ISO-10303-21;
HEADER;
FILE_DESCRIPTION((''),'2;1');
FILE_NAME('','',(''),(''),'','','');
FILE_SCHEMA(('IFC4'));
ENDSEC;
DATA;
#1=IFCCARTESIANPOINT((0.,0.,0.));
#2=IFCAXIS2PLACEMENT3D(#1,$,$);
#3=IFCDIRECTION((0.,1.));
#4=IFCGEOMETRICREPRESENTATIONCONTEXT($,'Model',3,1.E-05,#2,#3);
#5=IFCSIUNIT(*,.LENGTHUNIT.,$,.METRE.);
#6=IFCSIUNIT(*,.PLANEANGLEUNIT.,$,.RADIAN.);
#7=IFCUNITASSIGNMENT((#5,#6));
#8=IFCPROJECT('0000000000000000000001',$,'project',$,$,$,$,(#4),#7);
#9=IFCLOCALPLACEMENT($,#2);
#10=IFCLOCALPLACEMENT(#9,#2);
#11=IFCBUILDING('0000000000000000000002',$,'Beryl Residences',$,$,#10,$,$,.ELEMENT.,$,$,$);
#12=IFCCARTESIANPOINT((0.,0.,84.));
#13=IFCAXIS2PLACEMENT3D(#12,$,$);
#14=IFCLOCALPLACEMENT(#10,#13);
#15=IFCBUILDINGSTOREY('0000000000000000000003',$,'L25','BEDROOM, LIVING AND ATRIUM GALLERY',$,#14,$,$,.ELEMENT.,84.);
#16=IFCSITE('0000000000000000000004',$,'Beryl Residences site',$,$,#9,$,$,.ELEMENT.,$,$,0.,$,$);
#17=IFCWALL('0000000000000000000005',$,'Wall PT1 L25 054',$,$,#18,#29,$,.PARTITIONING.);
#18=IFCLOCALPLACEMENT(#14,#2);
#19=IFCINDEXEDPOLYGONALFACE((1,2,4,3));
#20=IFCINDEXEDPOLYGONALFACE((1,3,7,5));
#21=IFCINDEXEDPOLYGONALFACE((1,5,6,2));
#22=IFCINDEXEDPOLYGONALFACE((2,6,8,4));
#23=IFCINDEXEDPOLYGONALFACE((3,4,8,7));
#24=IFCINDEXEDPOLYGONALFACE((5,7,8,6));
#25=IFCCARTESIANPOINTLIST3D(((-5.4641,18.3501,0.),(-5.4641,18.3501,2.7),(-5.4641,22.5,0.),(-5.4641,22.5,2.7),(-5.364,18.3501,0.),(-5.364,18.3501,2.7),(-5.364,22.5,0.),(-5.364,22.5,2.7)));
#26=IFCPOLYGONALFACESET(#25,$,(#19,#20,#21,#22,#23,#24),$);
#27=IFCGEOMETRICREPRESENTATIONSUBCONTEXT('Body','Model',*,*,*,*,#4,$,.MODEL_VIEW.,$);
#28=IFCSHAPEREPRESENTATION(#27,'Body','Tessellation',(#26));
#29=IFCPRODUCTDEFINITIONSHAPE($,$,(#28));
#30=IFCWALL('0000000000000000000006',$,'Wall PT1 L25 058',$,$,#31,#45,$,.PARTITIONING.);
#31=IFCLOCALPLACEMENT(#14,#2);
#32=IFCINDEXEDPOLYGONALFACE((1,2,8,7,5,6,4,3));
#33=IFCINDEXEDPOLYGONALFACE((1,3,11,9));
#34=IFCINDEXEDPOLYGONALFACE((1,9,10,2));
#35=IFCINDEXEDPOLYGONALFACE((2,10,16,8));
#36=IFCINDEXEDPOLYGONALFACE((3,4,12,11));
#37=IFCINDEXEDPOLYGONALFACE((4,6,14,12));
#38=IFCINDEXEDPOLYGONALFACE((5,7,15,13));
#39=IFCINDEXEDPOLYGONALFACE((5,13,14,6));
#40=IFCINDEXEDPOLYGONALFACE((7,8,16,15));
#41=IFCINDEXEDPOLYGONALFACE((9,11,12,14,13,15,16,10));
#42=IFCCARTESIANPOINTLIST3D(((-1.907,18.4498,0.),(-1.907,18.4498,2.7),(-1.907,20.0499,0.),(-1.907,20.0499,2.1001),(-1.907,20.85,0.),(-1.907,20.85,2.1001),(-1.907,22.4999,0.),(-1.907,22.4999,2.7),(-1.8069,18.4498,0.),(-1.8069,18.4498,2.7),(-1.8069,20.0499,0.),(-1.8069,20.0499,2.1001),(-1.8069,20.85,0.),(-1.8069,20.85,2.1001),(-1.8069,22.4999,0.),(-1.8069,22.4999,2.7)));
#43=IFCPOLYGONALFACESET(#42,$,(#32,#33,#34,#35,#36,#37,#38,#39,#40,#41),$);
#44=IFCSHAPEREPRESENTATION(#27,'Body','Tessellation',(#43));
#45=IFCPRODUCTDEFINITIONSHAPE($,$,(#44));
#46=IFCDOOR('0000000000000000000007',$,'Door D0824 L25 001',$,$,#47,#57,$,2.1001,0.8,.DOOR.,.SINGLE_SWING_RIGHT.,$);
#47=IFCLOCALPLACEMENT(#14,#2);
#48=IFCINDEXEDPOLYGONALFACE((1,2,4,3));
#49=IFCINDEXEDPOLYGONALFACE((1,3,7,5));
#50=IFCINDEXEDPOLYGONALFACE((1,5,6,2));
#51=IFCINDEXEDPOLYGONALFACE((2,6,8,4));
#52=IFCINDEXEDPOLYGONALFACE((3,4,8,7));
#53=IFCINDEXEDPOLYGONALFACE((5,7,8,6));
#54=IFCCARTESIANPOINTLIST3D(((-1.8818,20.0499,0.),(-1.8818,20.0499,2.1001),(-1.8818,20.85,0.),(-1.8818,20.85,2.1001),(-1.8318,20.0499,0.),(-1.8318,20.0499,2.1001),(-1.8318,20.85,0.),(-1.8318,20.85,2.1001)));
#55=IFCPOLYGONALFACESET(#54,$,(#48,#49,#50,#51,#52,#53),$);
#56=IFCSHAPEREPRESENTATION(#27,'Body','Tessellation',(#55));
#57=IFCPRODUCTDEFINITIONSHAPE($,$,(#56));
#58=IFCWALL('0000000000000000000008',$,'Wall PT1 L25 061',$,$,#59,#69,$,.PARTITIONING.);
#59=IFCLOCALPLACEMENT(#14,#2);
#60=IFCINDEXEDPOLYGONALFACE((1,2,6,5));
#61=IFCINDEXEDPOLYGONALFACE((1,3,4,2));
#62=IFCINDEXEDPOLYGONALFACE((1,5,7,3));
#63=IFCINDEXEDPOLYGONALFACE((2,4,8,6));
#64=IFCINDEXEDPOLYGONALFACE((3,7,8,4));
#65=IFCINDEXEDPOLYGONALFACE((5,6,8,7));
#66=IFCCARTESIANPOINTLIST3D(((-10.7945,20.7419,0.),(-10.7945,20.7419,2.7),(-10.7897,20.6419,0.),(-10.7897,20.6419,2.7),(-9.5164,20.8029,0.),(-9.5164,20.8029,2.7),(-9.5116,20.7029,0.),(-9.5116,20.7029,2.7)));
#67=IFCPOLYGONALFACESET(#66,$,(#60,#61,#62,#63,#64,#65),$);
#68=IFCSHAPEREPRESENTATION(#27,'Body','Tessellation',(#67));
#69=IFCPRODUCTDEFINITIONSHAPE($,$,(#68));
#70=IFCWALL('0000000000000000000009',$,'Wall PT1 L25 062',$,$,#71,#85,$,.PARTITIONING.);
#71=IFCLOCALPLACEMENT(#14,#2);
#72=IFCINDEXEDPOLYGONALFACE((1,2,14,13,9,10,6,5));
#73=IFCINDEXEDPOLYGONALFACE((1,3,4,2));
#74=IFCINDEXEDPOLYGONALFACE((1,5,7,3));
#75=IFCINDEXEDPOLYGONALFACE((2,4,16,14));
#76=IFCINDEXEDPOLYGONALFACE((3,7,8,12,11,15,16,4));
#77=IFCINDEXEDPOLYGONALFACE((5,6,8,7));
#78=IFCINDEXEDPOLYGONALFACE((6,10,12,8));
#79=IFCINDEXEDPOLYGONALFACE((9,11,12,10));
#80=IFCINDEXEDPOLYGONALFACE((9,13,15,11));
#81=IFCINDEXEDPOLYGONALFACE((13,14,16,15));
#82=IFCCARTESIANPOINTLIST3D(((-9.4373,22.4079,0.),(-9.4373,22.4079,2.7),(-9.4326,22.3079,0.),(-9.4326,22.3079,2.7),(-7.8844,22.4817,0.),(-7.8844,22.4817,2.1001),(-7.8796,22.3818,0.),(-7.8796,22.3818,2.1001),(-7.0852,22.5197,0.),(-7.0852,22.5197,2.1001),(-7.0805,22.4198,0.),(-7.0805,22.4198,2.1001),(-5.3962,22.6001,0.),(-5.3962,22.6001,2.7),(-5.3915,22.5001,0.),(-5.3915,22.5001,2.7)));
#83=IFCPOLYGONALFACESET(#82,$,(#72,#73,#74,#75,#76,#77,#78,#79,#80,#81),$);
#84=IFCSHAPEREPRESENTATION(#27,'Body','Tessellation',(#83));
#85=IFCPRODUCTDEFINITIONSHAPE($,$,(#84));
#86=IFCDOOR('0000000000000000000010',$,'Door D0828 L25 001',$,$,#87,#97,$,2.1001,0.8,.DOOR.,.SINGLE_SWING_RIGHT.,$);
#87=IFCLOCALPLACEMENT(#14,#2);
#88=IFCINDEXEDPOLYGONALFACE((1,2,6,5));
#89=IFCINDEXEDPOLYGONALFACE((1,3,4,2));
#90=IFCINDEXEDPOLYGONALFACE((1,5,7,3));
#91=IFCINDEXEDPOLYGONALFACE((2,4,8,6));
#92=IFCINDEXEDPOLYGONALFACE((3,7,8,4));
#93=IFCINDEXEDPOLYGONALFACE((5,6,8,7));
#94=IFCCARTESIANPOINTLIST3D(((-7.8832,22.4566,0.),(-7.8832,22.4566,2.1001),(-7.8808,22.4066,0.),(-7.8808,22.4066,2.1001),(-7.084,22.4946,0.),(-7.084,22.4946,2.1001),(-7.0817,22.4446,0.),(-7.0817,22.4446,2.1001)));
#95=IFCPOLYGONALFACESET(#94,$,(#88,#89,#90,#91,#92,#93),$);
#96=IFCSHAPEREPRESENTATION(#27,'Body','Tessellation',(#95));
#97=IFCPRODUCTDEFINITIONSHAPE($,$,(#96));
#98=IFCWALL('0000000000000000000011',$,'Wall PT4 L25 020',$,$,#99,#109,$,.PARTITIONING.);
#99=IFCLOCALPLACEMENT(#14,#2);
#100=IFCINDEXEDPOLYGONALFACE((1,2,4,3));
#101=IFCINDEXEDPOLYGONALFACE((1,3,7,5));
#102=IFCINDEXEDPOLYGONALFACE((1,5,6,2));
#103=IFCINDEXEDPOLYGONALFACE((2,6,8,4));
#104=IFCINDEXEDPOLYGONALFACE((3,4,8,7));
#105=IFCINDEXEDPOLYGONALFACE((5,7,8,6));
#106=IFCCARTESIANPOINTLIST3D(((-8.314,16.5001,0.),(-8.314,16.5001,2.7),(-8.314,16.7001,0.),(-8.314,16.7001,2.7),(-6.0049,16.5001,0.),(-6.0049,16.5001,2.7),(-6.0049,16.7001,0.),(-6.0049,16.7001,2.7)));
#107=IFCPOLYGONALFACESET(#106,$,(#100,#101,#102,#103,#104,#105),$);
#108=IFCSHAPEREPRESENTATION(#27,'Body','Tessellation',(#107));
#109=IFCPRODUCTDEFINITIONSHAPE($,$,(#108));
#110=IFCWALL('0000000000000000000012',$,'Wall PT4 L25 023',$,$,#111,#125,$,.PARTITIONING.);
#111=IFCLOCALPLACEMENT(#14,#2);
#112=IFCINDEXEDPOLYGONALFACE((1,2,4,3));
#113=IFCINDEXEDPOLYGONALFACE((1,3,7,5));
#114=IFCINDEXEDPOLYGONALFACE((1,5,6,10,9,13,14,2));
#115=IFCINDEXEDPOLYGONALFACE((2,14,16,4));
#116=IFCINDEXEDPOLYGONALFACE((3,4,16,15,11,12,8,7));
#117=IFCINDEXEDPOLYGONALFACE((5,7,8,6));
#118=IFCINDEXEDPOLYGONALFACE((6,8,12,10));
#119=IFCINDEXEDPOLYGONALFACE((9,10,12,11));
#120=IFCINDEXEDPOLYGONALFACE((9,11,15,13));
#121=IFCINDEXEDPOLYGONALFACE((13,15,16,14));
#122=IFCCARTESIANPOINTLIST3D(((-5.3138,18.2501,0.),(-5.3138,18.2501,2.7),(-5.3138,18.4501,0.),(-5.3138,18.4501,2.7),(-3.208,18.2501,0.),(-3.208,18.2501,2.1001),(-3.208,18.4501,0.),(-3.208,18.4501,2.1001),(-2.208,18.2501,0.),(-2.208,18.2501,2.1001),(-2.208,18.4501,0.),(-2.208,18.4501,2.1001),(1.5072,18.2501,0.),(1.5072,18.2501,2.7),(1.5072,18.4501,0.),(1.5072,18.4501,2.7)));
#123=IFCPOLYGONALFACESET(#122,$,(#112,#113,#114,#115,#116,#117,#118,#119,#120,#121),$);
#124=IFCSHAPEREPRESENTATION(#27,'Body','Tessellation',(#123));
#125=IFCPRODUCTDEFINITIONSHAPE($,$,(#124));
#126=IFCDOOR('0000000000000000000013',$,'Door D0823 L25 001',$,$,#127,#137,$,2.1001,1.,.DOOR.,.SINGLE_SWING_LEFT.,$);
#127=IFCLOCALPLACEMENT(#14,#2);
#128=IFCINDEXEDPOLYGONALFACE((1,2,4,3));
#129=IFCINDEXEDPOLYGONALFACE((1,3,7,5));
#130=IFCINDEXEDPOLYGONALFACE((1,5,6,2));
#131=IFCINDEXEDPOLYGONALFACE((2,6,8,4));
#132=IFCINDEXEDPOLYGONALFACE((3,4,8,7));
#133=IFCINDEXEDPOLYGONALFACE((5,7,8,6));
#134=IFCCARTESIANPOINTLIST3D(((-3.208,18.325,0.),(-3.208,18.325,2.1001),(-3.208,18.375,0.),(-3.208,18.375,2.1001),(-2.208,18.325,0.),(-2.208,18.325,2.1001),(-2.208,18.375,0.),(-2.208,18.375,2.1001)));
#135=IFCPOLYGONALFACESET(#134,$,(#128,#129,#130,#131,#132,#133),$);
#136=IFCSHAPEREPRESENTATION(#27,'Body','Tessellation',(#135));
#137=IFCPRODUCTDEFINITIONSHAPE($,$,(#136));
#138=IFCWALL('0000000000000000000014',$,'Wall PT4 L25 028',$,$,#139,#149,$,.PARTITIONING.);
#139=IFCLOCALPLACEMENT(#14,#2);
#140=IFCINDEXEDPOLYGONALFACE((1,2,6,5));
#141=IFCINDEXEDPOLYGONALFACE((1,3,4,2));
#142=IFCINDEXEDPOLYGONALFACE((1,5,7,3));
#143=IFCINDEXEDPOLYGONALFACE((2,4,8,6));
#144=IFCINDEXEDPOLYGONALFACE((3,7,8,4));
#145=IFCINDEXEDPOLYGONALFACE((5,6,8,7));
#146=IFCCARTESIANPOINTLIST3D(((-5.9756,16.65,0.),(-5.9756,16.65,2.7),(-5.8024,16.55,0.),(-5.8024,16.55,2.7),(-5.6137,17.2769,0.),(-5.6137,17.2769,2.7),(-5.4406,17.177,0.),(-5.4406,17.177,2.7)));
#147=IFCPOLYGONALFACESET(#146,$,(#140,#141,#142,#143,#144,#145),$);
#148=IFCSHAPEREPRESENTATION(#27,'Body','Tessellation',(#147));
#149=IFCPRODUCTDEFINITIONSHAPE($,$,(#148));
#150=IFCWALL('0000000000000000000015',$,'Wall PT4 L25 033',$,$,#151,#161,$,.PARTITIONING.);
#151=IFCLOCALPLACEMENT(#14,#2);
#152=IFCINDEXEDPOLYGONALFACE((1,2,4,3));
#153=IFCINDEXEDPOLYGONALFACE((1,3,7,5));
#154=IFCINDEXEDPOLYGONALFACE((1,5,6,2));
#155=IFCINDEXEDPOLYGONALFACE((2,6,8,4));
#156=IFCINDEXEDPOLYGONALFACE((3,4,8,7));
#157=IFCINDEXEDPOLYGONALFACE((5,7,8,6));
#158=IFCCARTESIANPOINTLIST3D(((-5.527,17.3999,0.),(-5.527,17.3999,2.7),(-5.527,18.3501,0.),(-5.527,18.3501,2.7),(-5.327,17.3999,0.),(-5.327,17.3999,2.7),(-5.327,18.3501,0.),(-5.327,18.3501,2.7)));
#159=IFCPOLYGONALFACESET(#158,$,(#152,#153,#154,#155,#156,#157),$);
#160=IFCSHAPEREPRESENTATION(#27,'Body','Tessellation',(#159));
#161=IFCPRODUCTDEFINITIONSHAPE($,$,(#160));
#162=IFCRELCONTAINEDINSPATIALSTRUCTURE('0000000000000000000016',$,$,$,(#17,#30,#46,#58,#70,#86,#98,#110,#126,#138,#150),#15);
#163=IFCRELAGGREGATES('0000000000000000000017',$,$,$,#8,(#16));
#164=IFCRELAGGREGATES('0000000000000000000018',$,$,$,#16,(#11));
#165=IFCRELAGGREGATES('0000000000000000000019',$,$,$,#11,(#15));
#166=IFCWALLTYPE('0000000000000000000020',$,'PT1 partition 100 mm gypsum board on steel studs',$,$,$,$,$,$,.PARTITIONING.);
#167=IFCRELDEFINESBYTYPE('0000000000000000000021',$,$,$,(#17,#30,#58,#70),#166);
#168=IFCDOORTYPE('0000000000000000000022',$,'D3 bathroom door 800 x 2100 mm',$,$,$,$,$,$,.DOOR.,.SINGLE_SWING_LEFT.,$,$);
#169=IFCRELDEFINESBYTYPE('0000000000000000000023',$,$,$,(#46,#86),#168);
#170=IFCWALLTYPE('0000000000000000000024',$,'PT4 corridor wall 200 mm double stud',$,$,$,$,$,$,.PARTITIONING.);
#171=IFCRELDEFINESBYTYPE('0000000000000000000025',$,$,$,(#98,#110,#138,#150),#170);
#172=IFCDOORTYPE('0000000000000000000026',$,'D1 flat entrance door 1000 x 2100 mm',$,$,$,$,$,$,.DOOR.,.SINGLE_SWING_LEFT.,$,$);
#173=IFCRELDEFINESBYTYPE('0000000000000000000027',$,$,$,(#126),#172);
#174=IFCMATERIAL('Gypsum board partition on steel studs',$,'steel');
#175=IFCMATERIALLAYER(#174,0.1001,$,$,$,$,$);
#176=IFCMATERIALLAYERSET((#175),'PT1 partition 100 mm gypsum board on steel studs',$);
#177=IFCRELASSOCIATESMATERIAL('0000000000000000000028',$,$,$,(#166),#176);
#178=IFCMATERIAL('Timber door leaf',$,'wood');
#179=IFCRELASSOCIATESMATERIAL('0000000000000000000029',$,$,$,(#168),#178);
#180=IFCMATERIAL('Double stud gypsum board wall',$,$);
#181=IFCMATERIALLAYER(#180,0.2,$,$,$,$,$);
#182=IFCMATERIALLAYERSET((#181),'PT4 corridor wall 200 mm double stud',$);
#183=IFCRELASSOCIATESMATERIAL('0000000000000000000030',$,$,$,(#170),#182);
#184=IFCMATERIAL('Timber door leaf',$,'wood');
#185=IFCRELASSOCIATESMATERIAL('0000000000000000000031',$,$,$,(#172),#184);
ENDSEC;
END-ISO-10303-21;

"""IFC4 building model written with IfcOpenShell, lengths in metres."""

from ifc_helpers import new_model, si_unit, direction, frame, frame_2d, origin, place, context, subcontext, project, spatial, rectangle, extrude, material, layer, layer_set, type_object, element, fill, save


model = new_model("IFC4")

# Units and contexts
model_context = context("Model", 3, precision=1e-05, world=origin(), true_north=direction((0.0, 1.0)))
body_context = subcontext(model_context, "Body", "Model", "MODEL_VIEW")
ifc_project = project(units=[si_unit("LENGTHUNIT", "METRE"), si_unit("PLANEANGLEUNIT", "RADIAN")], contexts=[model_context])

# Site, building, storey
site_placement = place(None, origin())
site = spatial("IfcSite", under=ifc_project, at=site_placement, Name="Beryl Residences site", CompositionType="ELEMENT", RefElevation=0.0)
building_placement = place(site_placement, origin())
building = spatial("IfcBuilding", under=site, at=building_placement, Name="Beryl Residences", CompositionType="ELEMENT")
storey_placement = place(building_placement, frame((0.0, 0.0, 84.0)))
storey = spatial("IfcBuildingStorey", under=building, at=storey_placement, Name="L25", Description="BEDROOM, LIVING AND ATRIUM GALLERY", CompositionType="ELEMENT", Elevation=84.0)

# Shared definitions
ifc_material_1 = material(Name="Gypsum board partition on steel studs", Category="steel")
ifc_layer_1 = layer(ifc_material_1, 0.1001)
ifc_layer_set_1 = layer_set([ifc_layer_1], Name="PT1 partition 100 mm gypsum board on steel studs")
wall_type_1 = type_object("IfcWallType", Name="PT1 partition 100 mm gypsum board on steel studs", PredefinedType="PARTITIONING", material=ifc_layer_set_1)

# Wall
wall_1_placement = place(storey_placement, frame((-5.4141, 18.3501, 0.0), z_axis=(0.0, 0.0, 1.0), x_axis=(0.0, 1.0, 0.0)))
element("IfcWall", 1, at=wall_1_placement, inside=storey, type_object=wall_type_1, Name="Wall PT1 L25 054", PredefinedType="PARTITIONING", context=body_context, shape_type="SweptSolid", body=[
    extrude(rectangle(XDim=4.1499, YDim=0.1001, at=frame_2d((2.075, 0.0))), origin(), (0.0, 0.0, 1.0), 2.7),
])

# Wall, opening, door
wall_2_placement = place(storey_placement, frame((-1.8569, 18.45, 0.0), z_axis=(0.0, 0.0, 1.0), x_axis=(0.0, 1.0, 0.0)))
wall_2 = element("IfcWall", 2, at=wall_2_placement, inside=storey, type_object=wall_type_1, Name="Wall PT1 L25 058", PredefinedType="PARTITIONING", context=body_context, shape_type="SweptSolid", body=[
    extrude(rectangle(XDim=4.05, YDim=0.1001, at=frame_2d((2.0249, 0.0))), origin(), (0.0, 0.0, 1.0), 2.7),
])
opening_1_placement = place(wall_2_placement, frame((1.6001, 0.0, 0.0)))
opening_1 = element("IfcOpeningElement", 3, at=opening_1_placement, cuts=wall_2, PredefinedType="OPENING", context=body_context, shape_type="SweptSolid", body=[
    extrude(rectangle(XDim=0.8, YDim=2.1001, at=frame_2d((0.3999, 1.05))), frame((0.0, 0.0601, 0.0), z_axis=(0.0, -1.0, 0.0), x_axis=(1.0, 0.0, 0.0)), (0.0, 0.0, 1.0), 0.1201),
])
ifc_material_2 = material(Name="Timber door leaf", Category="wood")
door_type_1 = type_object("IfcDoorType", Name="D3 bathroom door 800 x 2100 mm", OperationType="SINGLE_SWING_LEFT", PredefinedType="DOOR", material=ifc_material_2)
door_1_placement = place(opening_1_placement, origin())
door_1 = element("IfcDoor", 4, at=door_1_placement, inside=storey, type_object=door_type_1, Name="Door D0824 L25 001", OperationType="SINGLE_SWING_RIGHT", OverallHeight=2.1001, OverallWidth=0.8, PredefinedType="DOOR", context=body_context, shape_type="SweptSolid", body=[
    extrude(rectangle(XDim=0.8, YDim=2.1001, at=frame_2d((0.3999, 1.05))), frame((0.0, 0.0249, 0.0), z_axis=(0.0, -1.0, 0.0), x_axis=(1.0, 0.0, 0.0)), (0.0, 0.0, 1.0), 0.05),
])
fill(opening_1, door_1)

# Wall
wall_3_placement = place(storey_placement, frame((-10.792, 20.6919, 0.0), z_axis=(0.0, 0.0, 1.0), x_axis=(0.998862, 0.047701, 0.0)))
element("IfcWall", 5, at=wall_3_placement, inside=storey, type_object=wall_type_1, Name="Wall PT1 L25 061", PredefinedType="PARTITIONING", context=body_context, shape_type="SweptSolid", body=[
    extrude(rectangle(XDim=1.2795, YDim=0.1001, at=frame_2d((0.6396, 0.0))), origin(), (0.0, 0.0, 1.0), 2.7),
])

# Wall, opening, door
wall_4_placement = place(storey_placement, frame((-9.4351, 22.3579, 0.0), z_axis=(0.0, 0.0, 1.0), x_axis=(0.998872, 0.047493, 0.0)))
wall_4 = element("IfcWall", 6, at=wall_4_placement, inside=storey, type_object=wall_type_1, Name="Wall PT1 L25 062", PredefinedType="PARTITIONING", context=body_context, shape_type="SweptSolid", body=[
    extrude(rectangle(XDim=4.0457, YDim=0.1001, at=frame_2d((2.0229, 0.0))), origin(), (0.0, 0.0, 1.0), 2.7),
])
opening_2_placement = place(wall_4_placement, frame((1.5549, 0.0, 0.0)))
opening_2 = element("IfcOpeningElement", 7, at=opening_2_placement, cuts=wall_4, PredefinedType="OPENING", context=body_context, shape_type="SweptSolid", body=[
    extrude(rectangle(XDim=0.8, YDim=2.1001, at=frame_2d((0.3999, 1.05))), frame((0.0, 0.0601, 0.0), z_axis=(0.0, -1.0, 0.0), x_axis=(1.0, 0.0, 0.0)), (0.0, 0.0, 1.0), 0.1201),
])
door_2_placement = place(opening_2_placement, origin())
door_2 = element("IfcDoor", 8, at=door_2_placement, inside=storey, type_object=door_type_1, Name="Door D0828 L25 001", OperationType="SINGLE_SWING_RIGHT", OverallHeight=2.1001, OverallWidth=0.8, PredefinedType="DOOR", context=body_context, shape_type="SweptSolid", body=[
    extrude(rectangle(XDim=0.8, YDim=2.1001, at=frame_2d((0.3999, 1.05))), frame((0.0, 0.0249, 0.0), z_axis=(0.0, -1.0, 0.0), x_axis=(1.0, 0.0, 0.0)), (0.0, 0.0, 1.0), 0.05),
])
fill(opening_2, door_2)

# Wall
ifc_material_3 = material(Name="Double stud gypsum board wall")
ifc_layer_2 = layer(ifc_material_3, 0.2)
ifc_layer_set_2 = layer_set([ifc_layer_2], Name="PT4 corridor wall 200 mm double stud")
wall_type_2 = type_object("IfcWallType", Name="PT4 corridor wall 200 mm double stud", PredefinedType="PARTITIONING", material=ifc_layer_set_2)
wall_5_placement = place(storey_placement, frame((-8.314, 16.6001, 0.0), z_axis=(0.0, 0.0, 1.0), x_axis=(1.0, 0.0, 0.0)))
element("IfcWall", 9, at=wall_5_placement, inside=storey, type_object=wall_type_2, Name="Wall PT4 L25 020", PredefinedType="PARTITIONING", context=body_context, shape_type="SweptSolid", body=[
    extrude(rectangle(XDim=2.3091, YDim=0.2, at=frame_2d((1.1545, 0.0))), origin(), (0.0, 0.0, 1.0), 2.7),
])

# Wall, opening, door
wall_6_placement = place(storey_placement, frame((-5.314, 18.3501, 0.0), z_axis=(0.0, 0.0, 1.0), x_axis=(1.0, 0.0, 0.0)))
wall_6 = element("IfcWall", 10, at=wall_6_placement, inside=storey, type_object=wall_type_2, Name="Wall PT4 L25 023", PredefinedType="PARTITIONING", context=body_context, shape_type="SweptSolid", body=[
    extrude(rectangle(XDim=6.821, YDim=0.2, at=frame_2d((3.4106, 0.0))), origin(), (0.0, 0.0, 1.0), 2.7),
])
opening_3_placement = place(wall_6_placement, frame((2.106, 0.0, 0.0)))
opening_3 = element("IfcOpeningElement", 11, at=opening_3_placement, cuts=wall_6, PredefinedType="OPENING", context=body_context, shape_type="SweptSolid", body=[
    extrude(rectangle(XDim=1.0, YDim=2.1001, at=frame_2d((0.5, 1.05))), frame((0.0, 0.1099, 0.0), z_axis=(0.0, -1.0, 0.0), x_axis=(1.0, 0.0, 0.0)), (0.0, 0.0, 1.0), 0.22),
])
ifc_material_4 = material(Name="Timber door leaf", Category="wood")
door_type_2 = type_object("IfcDoorType", Name="D1 flat entrance door 1000 x 2100 mm", OperationType="SINGLE_SWING_LEFT", PredefinedType="DOOR", material=ifc_material_4)
door_3_placement = place(opening_3_placement, origin())
door_3 = element("IfcDoor", 12, at=door_3_placement, inside=storey, type_object=door_type_2, Name="Door D0823 L25 001", OperationType="SINGLE_SWING_LEFT", OverallHeight=2.1001, OverallWidth=1.0, PredefinedType="DOOR", context=body_context, shape_type="SweptSolid", body=[
    extrude(rectangle(XDim=1.0, YDim=2.1001, at=frame_2d((0.5, 1.05))), frame((0.0, 0.0249, 0.0), z_axis=(0.0, -1.0, 0.0), x_axis=(1.0, 0.0, 0.0)), (0.0, 0.0, 1.0), 0.05),
])
fill(opening_3, door_3)

# Walls
wall_7_placement = place(storey_placement, frame((-5.8889, 16.6001, 0.0), z_axis=(0.0, 0.0, 1.0), x_axis=(0.499839, 0.866118, 0.0)))
element("IfcWall", 13, at=wall_7_placement, inside=storey, type_object=wall_type_2, Name="Wall PT4 L25 028", PredefinedType="PARTITIONING", context=body_context, shape_type="SweptSolid", body=[
    extrude(rectangle(XDim=0.7239, YDim=0.2, at=frame_2d((0.3618, 0.0))), origin(), (0.0, 0.0, 1.0), 2.7),
])
wall_8_placement = place(storey_placement, frame((-5.427, 17.3999, 0.0), z_axis=(0.0, 0.0, 1.0), x_axis=(0.0, 1.0, 0.0)))
element("IfcWall", 14, at=wall_8_placement, inside=storey, type_object=wall_type_2, Name="Wall PT4 L25 033", PredefinedType="PARTITIONING", context=body_context, shape_type="SweptSolid", body=[
    extrude(rectangle(XDim=0.9502, YDim=0.2, at=frame_2d((0.4751, 0.0))), origin(), (0.0, 0.0, 1.0), 2.7),
])

save(model, "model.ifc")
